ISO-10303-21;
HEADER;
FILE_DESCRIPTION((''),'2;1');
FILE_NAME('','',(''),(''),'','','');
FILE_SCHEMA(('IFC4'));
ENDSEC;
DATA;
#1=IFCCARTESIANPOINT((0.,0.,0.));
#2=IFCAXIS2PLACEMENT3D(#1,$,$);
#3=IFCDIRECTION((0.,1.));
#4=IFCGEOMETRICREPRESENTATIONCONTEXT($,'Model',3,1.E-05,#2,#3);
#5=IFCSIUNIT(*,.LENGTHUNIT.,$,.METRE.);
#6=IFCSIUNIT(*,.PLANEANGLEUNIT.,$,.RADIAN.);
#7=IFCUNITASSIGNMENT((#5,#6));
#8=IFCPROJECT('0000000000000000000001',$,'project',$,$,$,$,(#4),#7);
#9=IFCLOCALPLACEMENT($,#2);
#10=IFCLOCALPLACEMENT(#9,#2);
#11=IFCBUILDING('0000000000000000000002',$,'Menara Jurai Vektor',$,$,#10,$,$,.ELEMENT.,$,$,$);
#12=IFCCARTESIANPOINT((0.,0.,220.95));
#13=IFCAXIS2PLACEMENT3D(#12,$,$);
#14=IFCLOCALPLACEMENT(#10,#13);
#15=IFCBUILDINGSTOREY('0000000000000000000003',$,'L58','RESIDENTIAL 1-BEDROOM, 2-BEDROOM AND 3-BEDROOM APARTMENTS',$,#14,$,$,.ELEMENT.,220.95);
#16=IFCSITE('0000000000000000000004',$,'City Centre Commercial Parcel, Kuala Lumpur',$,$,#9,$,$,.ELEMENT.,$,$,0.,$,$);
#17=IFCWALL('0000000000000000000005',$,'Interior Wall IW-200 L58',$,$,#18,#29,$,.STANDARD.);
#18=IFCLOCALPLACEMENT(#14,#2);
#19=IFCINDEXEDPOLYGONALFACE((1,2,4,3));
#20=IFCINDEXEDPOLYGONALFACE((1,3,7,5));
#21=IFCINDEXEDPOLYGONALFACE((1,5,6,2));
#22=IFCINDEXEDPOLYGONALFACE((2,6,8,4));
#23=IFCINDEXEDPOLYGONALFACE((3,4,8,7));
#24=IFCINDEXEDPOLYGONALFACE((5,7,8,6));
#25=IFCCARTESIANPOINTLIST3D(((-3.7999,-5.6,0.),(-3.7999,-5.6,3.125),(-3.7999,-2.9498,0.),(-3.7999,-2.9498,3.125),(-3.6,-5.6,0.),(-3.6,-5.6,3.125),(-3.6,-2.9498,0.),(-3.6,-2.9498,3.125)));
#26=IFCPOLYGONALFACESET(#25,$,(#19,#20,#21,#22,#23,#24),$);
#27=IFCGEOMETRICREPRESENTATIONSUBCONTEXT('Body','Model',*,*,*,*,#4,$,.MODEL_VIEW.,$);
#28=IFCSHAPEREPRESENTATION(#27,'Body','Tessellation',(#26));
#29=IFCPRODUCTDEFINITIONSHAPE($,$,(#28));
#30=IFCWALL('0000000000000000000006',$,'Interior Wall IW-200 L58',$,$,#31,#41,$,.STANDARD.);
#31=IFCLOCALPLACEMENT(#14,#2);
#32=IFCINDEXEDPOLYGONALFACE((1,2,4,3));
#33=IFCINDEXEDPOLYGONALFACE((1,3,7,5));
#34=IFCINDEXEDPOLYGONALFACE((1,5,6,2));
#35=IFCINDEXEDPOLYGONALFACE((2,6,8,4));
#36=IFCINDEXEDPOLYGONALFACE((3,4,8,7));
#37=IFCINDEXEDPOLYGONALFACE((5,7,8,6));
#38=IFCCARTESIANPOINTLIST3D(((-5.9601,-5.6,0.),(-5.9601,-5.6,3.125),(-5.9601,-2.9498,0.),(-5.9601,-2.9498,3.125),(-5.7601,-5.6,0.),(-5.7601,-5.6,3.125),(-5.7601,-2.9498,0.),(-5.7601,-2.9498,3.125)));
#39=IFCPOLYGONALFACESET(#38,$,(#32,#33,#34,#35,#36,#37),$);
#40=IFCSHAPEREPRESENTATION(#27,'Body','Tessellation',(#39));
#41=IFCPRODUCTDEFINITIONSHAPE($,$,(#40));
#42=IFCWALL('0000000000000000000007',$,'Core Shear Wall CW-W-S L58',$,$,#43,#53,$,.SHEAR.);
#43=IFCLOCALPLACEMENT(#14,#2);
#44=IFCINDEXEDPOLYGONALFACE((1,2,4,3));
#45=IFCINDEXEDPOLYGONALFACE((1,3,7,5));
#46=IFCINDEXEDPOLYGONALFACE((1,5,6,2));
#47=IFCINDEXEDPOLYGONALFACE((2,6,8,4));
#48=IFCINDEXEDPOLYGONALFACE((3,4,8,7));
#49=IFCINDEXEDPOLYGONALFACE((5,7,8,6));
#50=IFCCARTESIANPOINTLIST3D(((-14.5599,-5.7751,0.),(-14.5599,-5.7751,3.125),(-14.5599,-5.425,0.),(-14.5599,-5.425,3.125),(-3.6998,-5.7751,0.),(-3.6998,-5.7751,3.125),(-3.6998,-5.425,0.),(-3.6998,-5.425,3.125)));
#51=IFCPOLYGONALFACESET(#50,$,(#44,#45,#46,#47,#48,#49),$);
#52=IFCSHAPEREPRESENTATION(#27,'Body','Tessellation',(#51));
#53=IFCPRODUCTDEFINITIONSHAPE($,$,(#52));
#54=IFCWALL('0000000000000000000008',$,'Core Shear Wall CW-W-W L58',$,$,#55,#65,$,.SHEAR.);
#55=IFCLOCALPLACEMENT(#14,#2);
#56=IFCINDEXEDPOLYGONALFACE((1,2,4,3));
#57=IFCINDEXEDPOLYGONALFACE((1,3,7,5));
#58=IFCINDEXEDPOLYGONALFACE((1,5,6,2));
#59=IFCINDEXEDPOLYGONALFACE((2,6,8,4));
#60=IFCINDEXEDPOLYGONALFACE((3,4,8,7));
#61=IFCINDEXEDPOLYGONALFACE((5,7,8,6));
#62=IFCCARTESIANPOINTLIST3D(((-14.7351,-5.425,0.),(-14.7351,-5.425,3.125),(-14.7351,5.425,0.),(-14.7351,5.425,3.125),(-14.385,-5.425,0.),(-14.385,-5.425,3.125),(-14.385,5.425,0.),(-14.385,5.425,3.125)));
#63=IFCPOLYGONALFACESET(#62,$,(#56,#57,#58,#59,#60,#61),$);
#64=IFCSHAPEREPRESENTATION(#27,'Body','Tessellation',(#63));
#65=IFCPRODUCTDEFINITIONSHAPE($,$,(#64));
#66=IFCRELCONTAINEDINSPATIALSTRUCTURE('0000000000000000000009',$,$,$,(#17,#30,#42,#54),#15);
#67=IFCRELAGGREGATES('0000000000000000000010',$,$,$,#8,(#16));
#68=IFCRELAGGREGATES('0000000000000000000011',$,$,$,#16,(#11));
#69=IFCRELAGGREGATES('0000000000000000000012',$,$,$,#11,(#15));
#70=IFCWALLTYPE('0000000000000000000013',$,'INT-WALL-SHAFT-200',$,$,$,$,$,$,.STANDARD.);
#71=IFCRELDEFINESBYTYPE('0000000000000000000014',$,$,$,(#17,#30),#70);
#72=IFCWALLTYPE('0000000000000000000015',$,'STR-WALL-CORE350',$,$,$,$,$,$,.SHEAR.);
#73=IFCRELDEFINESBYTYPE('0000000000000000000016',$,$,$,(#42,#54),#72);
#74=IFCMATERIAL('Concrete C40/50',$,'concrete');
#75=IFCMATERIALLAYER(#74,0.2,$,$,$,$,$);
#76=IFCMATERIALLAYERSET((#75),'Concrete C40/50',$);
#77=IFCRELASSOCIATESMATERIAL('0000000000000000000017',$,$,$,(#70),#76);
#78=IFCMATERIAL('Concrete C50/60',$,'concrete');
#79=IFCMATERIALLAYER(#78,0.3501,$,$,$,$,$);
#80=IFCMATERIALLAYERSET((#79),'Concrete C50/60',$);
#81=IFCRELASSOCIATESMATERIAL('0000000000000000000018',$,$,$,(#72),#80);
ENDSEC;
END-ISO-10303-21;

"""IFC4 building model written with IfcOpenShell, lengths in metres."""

from ifc_helpers import new_model, si_unit, direction, frame, frame_2d, origin, place, context, subcontext, project, spatial, rectangle, extrude, material, layer, layer_set, type_object, element, save


model = new_model("IFC4")

# Units and contexts
model_context = context("Model", 3, precision=1e-05, world=origin(), true_north=direction((0.0, 1.0)))
body_context = subcontext(model_context, "Body", "Model", "MODEL_VIEW")
ifc_project = project(units=[si_unit("LENGTHUNIT", "METRE"), si_unit("PLANEANGLEUNIT", "RADIAN")], contexts=[model_context])

# Site, building, storey
site_placement = place(None, origin())
site = spatial("IfcSite", under=ifc_project, at=site_placement, Name="City Centre Commercial Parcel, Kuala Lumpur", CompositionType="ELEMENT", RefElevation=0.0)
building_placement = place(site_placement, origin())
building = spatial("IfcBuilding", under=site, at=building_placement, Name="Menara Jurai Vektor", CompositionType="ELEMENT")
storey_placement = place(building_placement, frame((0.0, 0.0, 220.95)))
storey = spatial("IfcBuildingStorey", under=building, at=storey_placement, Name="L58", Description="RESIDENTIAL 1-BEDROOM, 2-BEDROOM AND 3-BEDROOM APARTMENTS", CompositionType="ELEMENT", Elevation=220.95)

# Shared definitions
ifc_material_1 = material(Name="Concrete C50/60", Category="concrete")

# Wall
ifc_material_2 = material(Name="Concrete C40/50", Category="concrete")
ifc_layer_1 = layer(ifc_material_2, 0.2)
ifc_layer_set_1 = layer_set([ifc_layer_1], Name="Concrete C40/50")
wall_type_1 = type_object("IfcWallType", Name="INT-WALL-SHAFT-200", PredefinedType="STANDARD", material=ifc_layer_set_1)
wall_1_placement = place(storey_placement, frame((-3.7, -5.6001, 0.0), z_axis=(0.0, 0.0, 1.0), x_axis=(0.0, 1.0, 0.0)))
element("IfcWall", 1, at=wall_1_placement, inside=storey, type_object=wall_type_1, Name="Interior Wall IW-200 L58", PredefinedType="STANDARD", context=body_context, shape_type="SweptSolid", body=[
    extrude(rectangle(XDim=2.6501, YDim=0.2, at=frame_2d((1.3252, 0.0))), origin(), (0.0, 0.0, 1.0), 3.125),
])

# Walls
wall_2_placement = place(storey_placement, frame((-5.8601, -5.6001, 0.0), z_axis=(0.0, 0.0, 1.0), x_axis=(0.0, 1.0, 0.0)))
element("IfcWall", 2, at=wall_2_placement, inside=storey, type_object=wall_type_1, Name="Interior Wall IW-200 L58", PredefinedType="STANDARD", context=body_context, shape_type="SweptSolid", body=[
    extrude(rectangle(XDim=2.6501, YDim=0.2, at=frame_2d((1.3252, 0.0))), origin(), (0.0, 0.0, 1.0), 3.125),
])
ifc_layer_2 = layer(ifc_material_1, 0.3501)
ifc_layer_set_2 = layer_set([ifc_layer_2], Name="Concrete C50/60")
wall_type_2 = type_object("IfcWallType", Name="STR-WALL-CORE350", PredefinedType="SHEAR", material=ifc_layer_set_2)
wall_3_placement = place(storey_placement, frame((-14.5601, -5.6001, 0.0), z_axis=(0.0, 0.0, 1.0), x_axis=(1.0, 0.0, 0.0)))
element("IfcWall", 3, at=wall_3_placement, inside=storey, type_object=wall_type_2, Name="Core Shear Wall CW-W-S L58", PredefinedType="SHEAR", context=body_context, shape_type="SweptSolid", body=[
    extrude(rectangle(XDim=10.8601, YDim=0.3501, at=frame_2d((5.4302, 0.0))), origin(), (0.0, 0.0, 1.0), 3.125),
])
wall_4_placement = place(storey_placement, frame((-14.5601, -5.425, 0.0), z_axis=(0.0, 0.0, 1.0), x_axis=(0.0, 1.0, 0.0)))
element("IfcWall", 4, at=wall_4_placement, inside=storey, type_object=wall_type_2, Name="Core Shear Wall CW-W-W L58", PredefinedType="SHEAR", context=body_context, shape_type="SweptSolid", body=[
    extrude(rectangle(XDim=10.8501, YDim=0.3501, at=frame_2d((5.425, 0.0))), origin(), (0.0, 0.0, 1.0), 3.125),
])

save(model, "model.ifc")
